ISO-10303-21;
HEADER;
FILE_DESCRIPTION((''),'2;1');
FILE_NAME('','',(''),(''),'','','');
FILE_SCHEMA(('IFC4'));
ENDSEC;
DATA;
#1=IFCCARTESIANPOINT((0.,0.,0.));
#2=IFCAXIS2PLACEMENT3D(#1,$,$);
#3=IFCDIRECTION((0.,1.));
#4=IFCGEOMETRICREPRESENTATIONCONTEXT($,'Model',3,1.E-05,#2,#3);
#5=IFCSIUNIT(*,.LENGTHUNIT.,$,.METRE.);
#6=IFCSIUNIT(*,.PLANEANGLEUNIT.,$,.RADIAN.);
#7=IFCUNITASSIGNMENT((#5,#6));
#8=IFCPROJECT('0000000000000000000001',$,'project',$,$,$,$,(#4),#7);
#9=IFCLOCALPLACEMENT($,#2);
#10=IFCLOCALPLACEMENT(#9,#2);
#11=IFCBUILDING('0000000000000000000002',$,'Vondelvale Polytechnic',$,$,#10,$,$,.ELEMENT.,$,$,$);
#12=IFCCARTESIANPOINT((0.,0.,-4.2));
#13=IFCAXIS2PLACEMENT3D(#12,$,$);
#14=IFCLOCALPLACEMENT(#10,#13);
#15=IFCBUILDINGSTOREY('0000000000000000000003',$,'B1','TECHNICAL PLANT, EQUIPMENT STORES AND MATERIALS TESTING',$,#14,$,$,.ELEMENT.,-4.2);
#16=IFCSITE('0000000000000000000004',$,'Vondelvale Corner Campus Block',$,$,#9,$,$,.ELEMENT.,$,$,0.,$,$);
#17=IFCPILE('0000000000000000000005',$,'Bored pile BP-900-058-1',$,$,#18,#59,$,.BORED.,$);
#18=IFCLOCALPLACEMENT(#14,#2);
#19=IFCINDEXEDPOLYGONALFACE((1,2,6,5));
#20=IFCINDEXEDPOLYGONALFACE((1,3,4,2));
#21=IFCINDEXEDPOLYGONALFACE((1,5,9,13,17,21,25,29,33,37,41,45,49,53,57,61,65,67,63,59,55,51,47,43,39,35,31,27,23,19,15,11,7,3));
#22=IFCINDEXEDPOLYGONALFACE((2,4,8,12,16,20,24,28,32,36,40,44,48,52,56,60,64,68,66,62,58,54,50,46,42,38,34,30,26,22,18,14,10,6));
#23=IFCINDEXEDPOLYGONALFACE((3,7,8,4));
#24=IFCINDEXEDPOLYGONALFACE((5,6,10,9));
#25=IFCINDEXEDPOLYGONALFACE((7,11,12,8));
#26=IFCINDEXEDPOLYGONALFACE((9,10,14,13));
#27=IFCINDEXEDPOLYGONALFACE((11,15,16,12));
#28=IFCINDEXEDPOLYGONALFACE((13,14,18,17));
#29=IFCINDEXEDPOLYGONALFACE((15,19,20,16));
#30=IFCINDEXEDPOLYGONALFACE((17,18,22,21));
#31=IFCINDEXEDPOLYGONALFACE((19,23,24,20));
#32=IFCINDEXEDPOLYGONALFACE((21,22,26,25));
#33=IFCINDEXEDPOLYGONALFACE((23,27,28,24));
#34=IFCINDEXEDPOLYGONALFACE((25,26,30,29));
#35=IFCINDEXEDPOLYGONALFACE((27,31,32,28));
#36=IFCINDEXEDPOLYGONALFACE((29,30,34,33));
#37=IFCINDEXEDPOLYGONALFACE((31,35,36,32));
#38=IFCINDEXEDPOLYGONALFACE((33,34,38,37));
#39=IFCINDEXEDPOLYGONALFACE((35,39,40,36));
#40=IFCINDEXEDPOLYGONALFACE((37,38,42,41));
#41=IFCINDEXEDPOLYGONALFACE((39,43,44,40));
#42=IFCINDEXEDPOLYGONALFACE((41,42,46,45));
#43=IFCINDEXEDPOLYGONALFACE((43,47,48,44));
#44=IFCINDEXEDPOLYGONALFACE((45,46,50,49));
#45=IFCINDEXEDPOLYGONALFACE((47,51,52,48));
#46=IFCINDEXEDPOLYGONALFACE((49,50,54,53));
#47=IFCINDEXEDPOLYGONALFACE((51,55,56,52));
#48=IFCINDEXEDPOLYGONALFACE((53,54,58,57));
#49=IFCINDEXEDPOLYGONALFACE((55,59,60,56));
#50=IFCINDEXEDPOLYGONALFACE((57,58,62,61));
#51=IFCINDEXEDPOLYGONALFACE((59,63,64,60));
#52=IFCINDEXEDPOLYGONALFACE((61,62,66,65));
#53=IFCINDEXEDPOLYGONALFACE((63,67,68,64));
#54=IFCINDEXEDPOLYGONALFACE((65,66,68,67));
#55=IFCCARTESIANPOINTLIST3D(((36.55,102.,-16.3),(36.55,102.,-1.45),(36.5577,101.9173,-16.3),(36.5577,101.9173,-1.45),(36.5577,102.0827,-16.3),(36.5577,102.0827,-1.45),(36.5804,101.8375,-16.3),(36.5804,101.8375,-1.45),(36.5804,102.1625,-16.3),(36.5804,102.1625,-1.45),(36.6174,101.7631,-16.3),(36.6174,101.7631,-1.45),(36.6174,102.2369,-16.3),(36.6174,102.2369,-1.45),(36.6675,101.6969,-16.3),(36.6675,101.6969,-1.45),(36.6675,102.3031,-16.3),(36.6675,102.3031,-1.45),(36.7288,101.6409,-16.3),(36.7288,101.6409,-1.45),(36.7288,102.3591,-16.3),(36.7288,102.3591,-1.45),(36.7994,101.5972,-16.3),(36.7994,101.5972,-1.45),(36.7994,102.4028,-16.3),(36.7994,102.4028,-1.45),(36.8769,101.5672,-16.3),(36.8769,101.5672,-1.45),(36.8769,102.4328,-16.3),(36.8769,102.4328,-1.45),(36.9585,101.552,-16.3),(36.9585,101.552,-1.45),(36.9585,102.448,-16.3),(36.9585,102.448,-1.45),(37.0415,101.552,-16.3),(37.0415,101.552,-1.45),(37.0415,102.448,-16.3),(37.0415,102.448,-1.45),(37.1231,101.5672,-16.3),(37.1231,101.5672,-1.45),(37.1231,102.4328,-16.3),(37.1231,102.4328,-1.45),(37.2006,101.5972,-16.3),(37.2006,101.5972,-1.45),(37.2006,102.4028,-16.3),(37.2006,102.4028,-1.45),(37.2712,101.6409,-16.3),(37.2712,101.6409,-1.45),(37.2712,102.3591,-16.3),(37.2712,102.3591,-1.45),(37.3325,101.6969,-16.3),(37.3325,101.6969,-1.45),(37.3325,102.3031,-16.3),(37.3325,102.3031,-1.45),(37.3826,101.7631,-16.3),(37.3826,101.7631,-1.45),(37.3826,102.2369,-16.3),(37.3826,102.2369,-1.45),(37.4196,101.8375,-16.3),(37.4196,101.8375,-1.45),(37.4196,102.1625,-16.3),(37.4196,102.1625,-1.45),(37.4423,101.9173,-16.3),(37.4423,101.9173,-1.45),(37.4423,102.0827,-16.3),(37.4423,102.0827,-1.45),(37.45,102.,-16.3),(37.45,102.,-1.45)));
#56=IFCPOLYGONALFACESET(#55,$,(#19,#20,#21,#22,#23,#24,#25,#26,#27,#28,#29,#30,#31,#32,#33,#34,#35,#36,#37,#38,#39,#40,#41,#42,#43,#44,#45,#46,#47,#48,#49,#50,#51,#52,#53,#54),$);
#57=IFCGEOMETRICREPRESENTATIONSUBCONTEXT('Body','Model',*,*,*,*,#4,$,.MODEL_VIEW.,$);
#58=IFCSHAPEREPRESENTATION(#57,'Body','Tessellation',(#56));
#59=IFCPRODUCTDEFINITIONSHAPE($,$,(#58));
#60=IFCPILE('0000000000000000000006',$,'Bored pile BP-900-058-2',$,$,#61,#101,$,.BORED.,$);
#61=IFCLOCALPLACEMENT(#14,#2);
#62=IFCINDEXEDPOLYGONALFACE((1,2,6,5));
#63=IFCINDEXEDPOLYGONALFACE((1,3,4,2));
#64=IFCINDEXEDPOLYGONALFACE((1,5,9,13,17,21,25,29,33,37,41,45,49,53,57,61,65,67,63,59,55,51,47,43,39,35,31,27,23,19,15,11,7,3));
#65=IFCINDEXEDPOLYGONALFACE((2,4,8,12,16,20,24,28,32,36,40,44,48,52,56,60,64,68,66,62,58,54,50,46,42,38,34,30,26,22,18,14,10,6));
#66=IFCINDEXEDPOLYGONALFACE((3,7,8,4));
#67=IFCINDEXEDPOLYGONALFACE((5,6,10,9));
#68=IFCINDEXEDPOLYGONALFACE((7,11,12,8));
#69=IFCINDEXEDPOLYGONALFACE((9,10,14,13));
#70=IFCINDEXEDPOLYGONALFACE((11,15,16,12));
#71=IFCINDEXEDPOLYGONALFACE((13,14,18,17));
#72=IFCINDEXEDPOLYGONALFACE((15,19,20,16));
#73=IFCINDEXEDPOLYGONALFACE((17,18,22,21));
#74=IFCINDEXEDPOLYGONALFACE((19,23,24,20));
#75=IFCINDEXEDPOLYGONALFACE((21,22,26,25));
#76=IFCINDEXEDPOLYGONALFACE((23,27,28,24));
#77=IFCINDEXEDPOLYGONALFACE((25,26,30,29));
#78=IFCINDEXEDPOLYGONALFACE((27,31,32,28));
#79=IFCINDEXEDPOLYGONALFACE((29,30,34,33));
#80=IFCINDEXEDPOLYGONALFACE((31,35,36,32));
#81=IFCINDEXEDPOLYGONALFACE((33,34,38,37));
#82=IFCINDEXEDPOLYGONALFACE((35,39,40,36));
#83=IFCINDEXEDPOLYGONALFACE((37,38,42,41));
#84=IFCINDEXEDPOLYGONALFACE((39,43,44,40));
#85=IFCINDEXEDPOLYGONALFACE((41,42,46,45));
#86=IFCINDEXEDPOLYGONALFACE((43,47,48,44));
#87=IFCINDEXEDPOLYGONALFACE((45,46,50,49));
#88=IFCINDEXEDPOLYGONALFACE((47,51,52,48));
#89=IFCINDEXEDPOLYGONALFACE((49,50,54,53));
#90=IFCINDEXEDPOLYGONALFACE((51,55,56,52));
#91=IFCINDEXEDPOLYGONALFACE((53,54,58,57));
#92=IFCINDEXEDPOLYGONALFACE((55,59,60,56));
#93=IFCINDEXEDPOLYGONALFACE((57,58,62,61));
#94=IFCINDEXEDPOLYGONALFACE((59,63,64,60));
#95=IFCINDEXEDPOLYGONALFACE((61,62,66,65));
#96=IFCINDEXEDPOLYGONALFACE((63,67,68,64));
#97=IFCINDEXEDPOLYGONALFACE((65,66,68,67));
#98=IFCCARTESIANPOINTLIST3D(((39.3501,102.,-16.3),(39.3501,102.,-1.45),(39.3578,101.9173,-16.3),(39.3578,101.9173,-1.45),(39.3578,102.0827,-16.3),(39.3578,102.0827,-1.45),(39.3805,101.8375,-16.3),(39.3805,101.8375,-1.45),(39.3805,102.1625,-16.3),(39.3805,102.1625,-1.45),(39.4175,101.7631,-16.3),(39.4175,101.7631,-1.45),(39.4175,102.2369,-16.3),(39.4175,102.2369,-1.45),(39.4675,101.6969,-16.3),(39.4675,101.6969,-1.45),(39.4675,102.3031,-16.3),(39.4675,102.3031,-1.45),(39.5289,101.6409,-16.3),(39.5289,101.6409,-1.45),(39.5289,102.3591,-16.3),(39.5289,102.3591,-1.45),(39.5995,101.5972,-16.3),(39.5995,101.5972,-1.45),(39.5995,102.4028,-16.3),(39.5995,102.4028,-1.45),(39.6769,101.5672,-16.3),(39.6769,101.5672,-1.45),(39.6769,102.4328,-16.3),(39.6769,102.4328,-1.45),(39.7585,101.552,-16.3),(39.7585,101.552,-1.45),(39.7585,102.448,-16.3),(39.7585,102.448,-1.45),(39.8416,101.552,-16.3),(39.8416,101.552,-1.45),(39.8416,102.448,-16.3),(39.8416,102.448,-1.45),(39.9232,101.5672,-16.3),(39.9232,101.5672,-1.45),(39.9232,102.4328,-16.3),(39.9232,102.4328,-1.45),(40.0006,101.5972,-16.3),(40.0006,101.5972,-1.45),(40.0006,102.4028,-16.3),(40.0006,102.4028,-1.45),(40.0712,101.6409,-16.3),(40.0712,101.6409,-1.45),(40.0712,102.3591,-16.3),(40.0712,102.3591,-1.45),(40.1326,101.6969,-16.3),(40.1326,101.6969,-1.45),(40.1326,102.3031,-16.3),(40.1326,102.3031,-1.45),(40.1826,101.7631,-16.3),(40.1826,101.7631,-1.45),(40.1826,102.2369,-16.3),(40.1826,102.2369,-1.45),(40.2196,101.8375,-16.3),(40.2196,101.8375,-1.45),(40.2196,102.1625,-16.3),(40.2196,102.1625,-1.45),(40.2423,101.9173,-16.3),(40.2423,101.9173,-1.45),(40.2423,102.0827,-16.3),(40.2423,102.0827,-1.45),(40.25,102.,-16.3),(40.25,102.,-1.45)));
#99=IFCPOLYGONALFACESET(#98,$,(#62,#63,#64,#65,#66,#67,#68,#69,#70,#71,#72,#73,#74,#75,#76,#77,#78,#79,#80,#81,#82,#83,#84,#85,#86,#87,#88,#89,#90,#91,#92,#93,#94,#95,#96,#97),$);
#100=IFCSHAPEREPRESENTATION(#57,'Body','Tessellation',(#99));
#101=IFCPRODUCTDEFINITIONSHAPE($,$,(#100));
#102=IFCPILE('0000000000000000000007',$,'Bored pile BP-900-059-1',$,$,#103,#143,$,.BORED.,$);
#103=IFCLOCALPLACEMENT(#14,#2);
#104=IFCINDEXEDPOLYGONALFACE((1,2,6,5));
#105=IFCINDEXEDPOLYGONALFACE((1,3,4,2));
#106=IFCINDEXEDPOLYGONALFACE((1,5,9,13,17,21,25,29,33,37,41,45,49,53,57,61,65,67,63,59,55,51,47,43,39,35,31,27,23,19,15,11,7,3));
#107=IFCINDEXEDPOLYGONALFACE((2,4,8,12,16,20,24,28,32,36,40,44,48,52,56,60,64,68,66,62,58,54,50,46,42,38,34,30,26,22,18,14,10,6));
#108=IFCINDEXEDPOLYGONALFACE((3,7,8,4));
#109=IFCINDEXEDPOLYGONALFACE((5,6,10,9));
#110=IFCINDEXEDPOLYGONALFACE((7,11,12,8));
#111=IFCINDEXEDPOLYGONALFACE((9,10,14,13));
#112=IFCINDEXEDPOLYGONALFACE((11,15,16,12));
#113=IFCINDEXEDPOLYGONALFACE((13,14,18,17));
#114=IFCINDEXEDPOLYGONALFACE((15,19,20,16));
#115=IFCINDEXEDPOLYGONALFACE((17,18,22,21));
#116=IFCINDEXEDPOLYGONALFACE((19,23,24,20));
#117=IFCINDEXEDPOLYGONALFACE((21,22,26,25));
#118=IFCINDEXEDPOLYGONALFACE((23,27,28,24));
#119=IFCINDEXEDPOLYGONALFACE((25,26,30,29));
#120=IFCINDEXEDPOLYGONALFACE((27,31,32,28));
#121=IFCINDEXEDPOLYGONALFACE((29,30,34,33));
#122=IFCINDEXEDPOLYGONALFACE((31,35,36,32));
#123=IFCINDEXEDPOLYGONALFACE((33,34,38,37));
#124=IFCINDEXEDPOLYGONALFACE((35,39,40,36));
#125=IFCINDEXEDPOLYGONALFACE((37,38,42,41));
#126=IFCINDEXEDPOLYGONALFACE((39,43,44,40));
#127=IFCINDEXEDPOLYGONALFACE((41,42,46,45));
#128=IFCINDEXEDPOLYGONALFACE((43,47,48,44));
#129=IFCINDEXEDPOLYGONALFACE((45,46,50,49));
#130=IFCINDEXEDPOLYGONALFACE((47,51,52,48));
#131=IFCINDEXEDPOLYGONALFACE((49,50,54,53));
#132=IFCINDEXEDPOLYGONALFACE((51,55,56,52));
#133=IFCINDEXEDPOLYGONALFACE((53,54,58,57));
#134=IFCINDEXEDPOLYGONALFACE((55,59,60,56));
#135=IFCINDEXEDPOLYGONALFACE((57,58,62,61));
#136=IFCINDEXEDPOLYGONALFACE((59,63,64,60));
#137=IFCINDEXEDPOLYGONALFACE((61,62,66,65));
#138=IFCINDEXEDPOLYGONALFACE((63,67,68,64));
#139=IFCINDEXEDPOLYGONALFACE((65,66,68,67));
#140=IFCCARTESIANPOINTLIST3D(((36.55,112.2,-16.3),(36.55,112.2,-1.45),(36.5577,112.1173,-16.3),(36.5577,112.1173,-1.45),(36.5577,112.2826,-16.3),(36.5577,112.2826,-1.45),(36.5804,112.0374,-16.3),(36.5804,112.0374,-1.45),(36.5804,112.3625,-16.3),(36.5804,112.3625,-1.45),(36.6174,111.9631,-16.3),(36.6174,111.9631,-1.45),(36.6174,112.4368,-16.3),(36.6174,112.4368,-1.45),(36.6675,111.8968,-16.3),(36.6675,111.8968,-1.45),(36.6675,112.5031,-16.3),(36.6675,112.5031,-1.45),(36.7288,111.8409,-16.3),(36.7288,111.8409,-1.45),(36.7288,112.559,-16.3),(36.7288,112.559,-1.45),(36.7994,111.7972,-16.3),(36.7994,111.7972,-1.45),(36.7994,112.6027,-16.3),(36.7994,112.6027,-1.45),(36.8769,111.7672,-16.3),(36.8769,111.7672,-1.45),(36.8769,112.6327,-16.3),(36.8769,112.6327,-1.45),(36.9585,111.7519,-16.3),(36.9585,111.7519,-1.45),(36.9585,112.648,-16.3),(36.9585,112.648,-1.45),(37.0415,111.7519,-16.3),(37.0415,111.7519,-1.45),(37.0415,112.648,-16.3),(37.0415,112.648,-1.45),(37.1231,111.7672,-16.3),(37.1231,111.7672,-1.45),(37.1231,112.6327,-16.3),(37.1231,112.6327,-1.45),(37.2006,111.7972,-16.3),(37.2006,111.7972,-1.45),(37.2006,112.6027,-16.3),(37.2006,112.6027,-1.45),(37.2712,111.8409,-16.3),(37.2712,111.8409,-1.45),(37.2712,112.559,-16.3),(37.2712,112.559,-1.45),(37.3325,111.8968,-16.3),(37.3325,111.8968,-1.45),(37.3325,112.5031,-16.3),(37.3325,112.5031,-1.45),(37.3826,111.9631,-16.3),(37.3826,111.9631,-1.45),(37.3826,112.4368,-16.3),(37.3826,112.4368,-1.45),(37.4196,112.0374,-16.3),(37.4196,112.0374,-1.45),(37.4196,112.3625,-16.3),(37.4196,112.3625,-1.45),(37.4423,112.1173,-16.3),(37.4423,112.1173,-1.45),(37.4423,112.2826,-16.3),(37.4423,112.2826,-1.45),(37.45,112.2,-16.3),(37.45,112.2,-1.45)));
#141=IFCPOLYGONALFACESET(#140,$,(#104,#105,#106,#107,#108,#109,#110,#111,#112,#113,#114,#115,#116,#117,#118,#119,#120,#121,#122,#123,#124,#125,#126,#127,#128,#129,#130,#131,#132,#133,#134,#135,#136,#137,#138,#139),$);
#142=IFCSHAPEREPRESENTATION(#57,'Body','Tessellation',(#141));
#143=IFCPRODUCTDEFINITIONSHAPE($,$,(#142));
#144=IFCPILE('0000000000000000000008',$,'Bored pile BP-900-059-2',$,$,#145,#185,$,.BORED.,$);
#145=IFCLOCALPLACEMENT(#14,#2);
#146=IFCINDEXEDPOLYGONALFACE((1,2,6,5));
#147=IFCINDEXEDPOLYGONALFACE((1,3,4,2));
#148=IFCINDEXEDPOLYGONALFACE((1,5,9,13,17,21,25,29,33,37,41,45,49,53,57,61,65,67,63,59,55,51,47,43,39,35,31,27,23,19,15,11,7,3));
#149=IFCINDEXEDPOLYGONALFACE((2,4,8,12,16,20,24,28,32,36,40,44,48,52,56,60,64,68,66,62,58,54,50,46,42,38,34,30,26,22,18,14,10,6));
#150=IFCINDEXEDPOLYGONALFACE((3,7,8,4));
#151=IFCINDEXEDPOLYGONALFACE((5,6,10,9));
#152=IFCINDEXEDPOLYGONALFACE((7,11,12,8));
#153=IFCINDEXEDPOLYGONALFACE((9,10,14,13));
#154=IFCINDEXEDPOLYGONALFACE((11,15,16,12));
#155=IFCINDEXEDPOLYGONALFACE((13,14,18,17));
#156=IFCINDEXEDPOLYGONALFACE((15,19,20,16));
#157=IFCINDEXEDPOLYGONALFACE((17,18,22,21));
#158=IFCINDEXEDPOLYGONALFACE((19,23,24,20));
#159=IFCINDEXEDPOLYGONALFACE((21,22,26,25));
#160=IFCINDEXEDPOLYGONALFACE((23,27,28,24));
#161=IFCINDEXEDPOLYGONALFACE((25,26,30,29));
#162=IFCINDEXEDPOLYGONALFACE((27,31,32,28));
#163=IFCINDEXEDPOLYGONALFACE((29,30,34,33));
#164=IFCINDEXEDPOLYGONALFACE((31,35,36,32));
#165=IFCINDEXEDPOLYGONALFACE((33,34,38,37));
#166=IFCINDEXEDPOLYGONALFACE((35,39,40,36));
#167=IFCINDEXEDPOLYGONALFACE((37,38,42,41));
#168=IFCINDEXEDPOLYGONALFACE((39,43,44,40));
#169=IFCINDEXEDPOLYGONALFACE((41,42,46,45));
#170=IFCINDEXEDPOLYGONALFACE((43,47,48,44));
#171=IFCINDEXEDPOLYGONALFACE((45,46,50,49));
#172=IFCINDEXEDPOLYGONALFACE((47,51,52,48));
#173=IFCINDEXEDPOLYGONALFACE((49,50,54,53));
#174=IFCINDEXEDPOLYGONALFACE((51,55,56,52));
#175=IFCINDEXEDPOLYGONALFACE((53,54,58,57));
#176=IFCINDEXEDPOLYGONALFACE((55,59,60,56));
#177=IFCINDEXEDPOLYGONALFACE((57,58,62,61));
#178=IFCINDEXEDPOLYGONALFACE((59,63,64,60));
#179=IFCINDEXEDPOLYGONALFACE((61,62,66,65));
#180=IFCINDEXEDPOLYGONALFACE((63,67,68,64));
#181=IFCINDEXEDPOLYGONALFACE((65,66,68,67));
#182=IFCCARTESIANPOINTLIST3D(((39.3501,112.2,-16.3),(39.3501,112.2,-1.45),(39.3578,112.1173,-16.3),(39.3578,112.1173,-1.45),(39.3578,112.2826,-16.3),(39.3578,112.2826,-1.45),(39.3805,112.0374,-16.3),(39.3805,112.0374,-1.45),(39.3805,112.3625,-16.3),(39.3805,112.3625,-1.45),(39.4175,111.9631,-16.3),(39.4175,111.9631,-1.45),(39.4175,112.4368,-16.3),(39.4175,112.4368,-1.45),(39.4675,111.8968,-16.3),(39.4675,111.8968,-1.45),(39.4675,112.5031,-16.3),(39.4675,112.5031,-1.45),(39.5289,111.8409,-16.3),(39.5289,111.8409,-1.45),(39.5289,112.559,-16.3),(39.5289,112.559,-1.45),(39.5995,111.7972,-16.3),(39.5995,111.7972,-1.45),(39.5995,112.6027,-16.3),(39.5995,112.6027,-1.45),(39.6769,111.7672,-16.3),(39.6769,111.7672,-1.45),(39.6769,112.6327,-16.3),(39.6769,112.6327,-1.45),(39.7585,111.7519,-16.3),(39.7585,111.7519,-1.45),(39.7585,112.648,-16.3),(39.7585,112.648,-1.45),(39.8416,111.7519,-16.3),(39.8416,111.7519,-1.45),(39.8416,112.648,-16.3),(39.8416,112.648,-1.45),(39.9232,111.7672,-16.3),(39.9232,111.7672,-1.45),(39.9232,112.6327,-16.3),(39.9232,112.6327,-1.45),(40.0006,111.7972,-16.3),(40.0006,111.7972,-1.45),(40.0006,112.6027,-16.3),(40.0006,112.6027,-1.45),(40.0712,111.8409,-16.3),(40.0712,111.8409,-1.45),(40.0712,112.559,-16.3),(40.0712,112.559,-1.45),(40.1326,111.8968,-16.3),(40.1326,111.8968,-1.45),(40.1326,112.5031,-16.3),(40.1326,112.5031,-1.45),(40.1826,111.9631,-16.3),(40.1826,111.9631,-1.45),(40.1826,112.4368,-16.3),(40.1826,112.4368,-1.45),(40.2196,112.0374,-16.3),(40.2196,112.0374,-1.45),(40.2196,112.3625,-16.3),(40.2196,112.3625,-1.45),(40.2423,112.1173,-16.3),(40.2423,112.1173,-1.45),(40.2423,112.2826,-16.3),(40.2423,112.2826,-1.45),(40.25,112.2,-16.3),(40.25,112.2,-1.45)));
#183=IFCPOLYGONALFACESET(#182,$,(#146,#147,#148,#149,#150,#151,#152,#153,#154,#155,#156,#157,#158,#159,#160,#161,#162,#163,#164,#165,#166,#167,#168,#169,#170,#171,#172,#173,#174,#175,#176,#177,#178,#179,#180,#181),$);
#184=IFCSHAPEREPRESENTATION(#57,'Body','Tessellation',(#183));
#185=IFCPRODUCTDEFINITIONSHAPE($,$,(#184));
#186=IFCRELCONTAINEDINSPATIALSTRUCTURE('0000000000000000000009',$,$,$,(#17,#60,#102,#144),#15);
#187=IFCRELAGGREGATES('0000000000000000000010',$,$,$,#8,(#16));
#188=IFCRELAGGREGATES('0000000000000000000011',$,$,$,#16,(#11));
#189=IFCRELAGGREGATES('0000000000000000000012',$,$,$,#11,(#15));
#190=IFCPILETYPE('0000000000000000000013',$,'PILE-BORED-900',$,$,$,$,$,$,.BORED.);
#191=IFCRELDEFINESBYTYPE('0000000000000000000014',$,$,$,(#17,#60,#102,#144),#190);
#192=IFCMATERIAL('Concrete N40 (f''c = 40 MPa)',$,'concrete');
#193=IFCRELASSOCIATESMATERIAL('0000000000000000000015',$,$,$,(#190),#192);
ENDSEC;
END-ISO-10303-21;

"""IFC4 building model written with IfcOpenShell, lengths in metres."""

from ifc_helpers import new_model, si_unit, direction, frame, origin, origin_2d, place, context, subcontext, project, spatial, circle, extrude, material, material_profile, profile_set, type_object, element, save


model = new_model("IFC4")

# Units and contexts
model_context = context("Model", 3, precision=1e-05, world=origin(), true_north=direction((0.0, 1.0)))
body_context = subcontext(model_context, "Body", "Model", "MODEL_VIEW")
ifc_project = project(units=[si_unit("LENGTHUNIT", "METRE"), si_unit("PLANEANGLEUNIT", "RADIAN")], contexts=[model_context])

# Site, building, storey
site_placement = place(None, origin())
site = spatial("IfcSite", under=ifc_project, at=site_placement, Name="Vondelvale Corner Campus Block", CompositionType="ELEMENT", RefElevation=0.0)
building_placement = place(site_placement, origin())
building = spatial("IfcBuilding", under=site, at=building_placement, Name="Vondelvale Polytechnic", CompositionType="ELEMENT")
storey_placement = place(building_placement, frame((0.0, 0.0, -4.2)))
storey = spatial("IfcBuildingStorey", under=building, at=storey_placement, Name="B1", Description="TECHNICAL PLANT, EQUIPMENT STORES AND MATERIALS TESTING", CompositionType="ELEMENT", Elevation=-4.2)

# Shared definitions
ifc_material_1 = material(Name="Concrete N40 (f'c = 40 MPa)", Category="concrete")

# Piles
ifc_material_profile_1 = material_profile(ifc_material_1, circle(Radius=0.45, at=origin_2d()), Name="PILE-D900")
ifc_profile_set_1 = profile_set([ifc_material_profile_1], Name="Concrete N40 (f'c = 40 MPa)")
pile_type_1 = type_object("IfcPileType", Name="PILE-BORED-900", PredefinedType="BORED", material=ifc_profile_set_1)
for number, where, z_axis, x_axis, name in (
    (1, (37.0, 102.0, -1.45), (0.0, 0.0, -1.0), (1.0, 0.0, 0.0), "Bored pile BP-900-058-1"),
    (2, (39.8, 102.0, -1.45), (0.0, 0.0, -1.0), (1.0, 0.0, 0.0), "Bored pile BP-900-058-2"),
    (3, (37.0, 112.2, -1.45), (0.0, 0.0, -1.0), (1.0, 0.0, 0.0), "Bored pile BP-900-059-1"),
    (4, (39.8, 112.2, -1.45), (0.0, 0.0, -1.0), (1.0, 0.0, 0.0), "Bored pile BP-900-059-2"),
):
    element("IfcPile", number, at=place(storey_placement, frame(where, z_axis=z_axis, x_axis=x_axis)), inside=storey, type_object=pile_type_1, Name=name, PredefinedType="BORED", context=body_context, shape_type="SweptSolid", body=[
        extrude(circle(Radius=0.45, at=origin_2d()), origin(), (0.0, 0.0, 1.0), 14.8501),
    ])

save(model, "model.ifc")
